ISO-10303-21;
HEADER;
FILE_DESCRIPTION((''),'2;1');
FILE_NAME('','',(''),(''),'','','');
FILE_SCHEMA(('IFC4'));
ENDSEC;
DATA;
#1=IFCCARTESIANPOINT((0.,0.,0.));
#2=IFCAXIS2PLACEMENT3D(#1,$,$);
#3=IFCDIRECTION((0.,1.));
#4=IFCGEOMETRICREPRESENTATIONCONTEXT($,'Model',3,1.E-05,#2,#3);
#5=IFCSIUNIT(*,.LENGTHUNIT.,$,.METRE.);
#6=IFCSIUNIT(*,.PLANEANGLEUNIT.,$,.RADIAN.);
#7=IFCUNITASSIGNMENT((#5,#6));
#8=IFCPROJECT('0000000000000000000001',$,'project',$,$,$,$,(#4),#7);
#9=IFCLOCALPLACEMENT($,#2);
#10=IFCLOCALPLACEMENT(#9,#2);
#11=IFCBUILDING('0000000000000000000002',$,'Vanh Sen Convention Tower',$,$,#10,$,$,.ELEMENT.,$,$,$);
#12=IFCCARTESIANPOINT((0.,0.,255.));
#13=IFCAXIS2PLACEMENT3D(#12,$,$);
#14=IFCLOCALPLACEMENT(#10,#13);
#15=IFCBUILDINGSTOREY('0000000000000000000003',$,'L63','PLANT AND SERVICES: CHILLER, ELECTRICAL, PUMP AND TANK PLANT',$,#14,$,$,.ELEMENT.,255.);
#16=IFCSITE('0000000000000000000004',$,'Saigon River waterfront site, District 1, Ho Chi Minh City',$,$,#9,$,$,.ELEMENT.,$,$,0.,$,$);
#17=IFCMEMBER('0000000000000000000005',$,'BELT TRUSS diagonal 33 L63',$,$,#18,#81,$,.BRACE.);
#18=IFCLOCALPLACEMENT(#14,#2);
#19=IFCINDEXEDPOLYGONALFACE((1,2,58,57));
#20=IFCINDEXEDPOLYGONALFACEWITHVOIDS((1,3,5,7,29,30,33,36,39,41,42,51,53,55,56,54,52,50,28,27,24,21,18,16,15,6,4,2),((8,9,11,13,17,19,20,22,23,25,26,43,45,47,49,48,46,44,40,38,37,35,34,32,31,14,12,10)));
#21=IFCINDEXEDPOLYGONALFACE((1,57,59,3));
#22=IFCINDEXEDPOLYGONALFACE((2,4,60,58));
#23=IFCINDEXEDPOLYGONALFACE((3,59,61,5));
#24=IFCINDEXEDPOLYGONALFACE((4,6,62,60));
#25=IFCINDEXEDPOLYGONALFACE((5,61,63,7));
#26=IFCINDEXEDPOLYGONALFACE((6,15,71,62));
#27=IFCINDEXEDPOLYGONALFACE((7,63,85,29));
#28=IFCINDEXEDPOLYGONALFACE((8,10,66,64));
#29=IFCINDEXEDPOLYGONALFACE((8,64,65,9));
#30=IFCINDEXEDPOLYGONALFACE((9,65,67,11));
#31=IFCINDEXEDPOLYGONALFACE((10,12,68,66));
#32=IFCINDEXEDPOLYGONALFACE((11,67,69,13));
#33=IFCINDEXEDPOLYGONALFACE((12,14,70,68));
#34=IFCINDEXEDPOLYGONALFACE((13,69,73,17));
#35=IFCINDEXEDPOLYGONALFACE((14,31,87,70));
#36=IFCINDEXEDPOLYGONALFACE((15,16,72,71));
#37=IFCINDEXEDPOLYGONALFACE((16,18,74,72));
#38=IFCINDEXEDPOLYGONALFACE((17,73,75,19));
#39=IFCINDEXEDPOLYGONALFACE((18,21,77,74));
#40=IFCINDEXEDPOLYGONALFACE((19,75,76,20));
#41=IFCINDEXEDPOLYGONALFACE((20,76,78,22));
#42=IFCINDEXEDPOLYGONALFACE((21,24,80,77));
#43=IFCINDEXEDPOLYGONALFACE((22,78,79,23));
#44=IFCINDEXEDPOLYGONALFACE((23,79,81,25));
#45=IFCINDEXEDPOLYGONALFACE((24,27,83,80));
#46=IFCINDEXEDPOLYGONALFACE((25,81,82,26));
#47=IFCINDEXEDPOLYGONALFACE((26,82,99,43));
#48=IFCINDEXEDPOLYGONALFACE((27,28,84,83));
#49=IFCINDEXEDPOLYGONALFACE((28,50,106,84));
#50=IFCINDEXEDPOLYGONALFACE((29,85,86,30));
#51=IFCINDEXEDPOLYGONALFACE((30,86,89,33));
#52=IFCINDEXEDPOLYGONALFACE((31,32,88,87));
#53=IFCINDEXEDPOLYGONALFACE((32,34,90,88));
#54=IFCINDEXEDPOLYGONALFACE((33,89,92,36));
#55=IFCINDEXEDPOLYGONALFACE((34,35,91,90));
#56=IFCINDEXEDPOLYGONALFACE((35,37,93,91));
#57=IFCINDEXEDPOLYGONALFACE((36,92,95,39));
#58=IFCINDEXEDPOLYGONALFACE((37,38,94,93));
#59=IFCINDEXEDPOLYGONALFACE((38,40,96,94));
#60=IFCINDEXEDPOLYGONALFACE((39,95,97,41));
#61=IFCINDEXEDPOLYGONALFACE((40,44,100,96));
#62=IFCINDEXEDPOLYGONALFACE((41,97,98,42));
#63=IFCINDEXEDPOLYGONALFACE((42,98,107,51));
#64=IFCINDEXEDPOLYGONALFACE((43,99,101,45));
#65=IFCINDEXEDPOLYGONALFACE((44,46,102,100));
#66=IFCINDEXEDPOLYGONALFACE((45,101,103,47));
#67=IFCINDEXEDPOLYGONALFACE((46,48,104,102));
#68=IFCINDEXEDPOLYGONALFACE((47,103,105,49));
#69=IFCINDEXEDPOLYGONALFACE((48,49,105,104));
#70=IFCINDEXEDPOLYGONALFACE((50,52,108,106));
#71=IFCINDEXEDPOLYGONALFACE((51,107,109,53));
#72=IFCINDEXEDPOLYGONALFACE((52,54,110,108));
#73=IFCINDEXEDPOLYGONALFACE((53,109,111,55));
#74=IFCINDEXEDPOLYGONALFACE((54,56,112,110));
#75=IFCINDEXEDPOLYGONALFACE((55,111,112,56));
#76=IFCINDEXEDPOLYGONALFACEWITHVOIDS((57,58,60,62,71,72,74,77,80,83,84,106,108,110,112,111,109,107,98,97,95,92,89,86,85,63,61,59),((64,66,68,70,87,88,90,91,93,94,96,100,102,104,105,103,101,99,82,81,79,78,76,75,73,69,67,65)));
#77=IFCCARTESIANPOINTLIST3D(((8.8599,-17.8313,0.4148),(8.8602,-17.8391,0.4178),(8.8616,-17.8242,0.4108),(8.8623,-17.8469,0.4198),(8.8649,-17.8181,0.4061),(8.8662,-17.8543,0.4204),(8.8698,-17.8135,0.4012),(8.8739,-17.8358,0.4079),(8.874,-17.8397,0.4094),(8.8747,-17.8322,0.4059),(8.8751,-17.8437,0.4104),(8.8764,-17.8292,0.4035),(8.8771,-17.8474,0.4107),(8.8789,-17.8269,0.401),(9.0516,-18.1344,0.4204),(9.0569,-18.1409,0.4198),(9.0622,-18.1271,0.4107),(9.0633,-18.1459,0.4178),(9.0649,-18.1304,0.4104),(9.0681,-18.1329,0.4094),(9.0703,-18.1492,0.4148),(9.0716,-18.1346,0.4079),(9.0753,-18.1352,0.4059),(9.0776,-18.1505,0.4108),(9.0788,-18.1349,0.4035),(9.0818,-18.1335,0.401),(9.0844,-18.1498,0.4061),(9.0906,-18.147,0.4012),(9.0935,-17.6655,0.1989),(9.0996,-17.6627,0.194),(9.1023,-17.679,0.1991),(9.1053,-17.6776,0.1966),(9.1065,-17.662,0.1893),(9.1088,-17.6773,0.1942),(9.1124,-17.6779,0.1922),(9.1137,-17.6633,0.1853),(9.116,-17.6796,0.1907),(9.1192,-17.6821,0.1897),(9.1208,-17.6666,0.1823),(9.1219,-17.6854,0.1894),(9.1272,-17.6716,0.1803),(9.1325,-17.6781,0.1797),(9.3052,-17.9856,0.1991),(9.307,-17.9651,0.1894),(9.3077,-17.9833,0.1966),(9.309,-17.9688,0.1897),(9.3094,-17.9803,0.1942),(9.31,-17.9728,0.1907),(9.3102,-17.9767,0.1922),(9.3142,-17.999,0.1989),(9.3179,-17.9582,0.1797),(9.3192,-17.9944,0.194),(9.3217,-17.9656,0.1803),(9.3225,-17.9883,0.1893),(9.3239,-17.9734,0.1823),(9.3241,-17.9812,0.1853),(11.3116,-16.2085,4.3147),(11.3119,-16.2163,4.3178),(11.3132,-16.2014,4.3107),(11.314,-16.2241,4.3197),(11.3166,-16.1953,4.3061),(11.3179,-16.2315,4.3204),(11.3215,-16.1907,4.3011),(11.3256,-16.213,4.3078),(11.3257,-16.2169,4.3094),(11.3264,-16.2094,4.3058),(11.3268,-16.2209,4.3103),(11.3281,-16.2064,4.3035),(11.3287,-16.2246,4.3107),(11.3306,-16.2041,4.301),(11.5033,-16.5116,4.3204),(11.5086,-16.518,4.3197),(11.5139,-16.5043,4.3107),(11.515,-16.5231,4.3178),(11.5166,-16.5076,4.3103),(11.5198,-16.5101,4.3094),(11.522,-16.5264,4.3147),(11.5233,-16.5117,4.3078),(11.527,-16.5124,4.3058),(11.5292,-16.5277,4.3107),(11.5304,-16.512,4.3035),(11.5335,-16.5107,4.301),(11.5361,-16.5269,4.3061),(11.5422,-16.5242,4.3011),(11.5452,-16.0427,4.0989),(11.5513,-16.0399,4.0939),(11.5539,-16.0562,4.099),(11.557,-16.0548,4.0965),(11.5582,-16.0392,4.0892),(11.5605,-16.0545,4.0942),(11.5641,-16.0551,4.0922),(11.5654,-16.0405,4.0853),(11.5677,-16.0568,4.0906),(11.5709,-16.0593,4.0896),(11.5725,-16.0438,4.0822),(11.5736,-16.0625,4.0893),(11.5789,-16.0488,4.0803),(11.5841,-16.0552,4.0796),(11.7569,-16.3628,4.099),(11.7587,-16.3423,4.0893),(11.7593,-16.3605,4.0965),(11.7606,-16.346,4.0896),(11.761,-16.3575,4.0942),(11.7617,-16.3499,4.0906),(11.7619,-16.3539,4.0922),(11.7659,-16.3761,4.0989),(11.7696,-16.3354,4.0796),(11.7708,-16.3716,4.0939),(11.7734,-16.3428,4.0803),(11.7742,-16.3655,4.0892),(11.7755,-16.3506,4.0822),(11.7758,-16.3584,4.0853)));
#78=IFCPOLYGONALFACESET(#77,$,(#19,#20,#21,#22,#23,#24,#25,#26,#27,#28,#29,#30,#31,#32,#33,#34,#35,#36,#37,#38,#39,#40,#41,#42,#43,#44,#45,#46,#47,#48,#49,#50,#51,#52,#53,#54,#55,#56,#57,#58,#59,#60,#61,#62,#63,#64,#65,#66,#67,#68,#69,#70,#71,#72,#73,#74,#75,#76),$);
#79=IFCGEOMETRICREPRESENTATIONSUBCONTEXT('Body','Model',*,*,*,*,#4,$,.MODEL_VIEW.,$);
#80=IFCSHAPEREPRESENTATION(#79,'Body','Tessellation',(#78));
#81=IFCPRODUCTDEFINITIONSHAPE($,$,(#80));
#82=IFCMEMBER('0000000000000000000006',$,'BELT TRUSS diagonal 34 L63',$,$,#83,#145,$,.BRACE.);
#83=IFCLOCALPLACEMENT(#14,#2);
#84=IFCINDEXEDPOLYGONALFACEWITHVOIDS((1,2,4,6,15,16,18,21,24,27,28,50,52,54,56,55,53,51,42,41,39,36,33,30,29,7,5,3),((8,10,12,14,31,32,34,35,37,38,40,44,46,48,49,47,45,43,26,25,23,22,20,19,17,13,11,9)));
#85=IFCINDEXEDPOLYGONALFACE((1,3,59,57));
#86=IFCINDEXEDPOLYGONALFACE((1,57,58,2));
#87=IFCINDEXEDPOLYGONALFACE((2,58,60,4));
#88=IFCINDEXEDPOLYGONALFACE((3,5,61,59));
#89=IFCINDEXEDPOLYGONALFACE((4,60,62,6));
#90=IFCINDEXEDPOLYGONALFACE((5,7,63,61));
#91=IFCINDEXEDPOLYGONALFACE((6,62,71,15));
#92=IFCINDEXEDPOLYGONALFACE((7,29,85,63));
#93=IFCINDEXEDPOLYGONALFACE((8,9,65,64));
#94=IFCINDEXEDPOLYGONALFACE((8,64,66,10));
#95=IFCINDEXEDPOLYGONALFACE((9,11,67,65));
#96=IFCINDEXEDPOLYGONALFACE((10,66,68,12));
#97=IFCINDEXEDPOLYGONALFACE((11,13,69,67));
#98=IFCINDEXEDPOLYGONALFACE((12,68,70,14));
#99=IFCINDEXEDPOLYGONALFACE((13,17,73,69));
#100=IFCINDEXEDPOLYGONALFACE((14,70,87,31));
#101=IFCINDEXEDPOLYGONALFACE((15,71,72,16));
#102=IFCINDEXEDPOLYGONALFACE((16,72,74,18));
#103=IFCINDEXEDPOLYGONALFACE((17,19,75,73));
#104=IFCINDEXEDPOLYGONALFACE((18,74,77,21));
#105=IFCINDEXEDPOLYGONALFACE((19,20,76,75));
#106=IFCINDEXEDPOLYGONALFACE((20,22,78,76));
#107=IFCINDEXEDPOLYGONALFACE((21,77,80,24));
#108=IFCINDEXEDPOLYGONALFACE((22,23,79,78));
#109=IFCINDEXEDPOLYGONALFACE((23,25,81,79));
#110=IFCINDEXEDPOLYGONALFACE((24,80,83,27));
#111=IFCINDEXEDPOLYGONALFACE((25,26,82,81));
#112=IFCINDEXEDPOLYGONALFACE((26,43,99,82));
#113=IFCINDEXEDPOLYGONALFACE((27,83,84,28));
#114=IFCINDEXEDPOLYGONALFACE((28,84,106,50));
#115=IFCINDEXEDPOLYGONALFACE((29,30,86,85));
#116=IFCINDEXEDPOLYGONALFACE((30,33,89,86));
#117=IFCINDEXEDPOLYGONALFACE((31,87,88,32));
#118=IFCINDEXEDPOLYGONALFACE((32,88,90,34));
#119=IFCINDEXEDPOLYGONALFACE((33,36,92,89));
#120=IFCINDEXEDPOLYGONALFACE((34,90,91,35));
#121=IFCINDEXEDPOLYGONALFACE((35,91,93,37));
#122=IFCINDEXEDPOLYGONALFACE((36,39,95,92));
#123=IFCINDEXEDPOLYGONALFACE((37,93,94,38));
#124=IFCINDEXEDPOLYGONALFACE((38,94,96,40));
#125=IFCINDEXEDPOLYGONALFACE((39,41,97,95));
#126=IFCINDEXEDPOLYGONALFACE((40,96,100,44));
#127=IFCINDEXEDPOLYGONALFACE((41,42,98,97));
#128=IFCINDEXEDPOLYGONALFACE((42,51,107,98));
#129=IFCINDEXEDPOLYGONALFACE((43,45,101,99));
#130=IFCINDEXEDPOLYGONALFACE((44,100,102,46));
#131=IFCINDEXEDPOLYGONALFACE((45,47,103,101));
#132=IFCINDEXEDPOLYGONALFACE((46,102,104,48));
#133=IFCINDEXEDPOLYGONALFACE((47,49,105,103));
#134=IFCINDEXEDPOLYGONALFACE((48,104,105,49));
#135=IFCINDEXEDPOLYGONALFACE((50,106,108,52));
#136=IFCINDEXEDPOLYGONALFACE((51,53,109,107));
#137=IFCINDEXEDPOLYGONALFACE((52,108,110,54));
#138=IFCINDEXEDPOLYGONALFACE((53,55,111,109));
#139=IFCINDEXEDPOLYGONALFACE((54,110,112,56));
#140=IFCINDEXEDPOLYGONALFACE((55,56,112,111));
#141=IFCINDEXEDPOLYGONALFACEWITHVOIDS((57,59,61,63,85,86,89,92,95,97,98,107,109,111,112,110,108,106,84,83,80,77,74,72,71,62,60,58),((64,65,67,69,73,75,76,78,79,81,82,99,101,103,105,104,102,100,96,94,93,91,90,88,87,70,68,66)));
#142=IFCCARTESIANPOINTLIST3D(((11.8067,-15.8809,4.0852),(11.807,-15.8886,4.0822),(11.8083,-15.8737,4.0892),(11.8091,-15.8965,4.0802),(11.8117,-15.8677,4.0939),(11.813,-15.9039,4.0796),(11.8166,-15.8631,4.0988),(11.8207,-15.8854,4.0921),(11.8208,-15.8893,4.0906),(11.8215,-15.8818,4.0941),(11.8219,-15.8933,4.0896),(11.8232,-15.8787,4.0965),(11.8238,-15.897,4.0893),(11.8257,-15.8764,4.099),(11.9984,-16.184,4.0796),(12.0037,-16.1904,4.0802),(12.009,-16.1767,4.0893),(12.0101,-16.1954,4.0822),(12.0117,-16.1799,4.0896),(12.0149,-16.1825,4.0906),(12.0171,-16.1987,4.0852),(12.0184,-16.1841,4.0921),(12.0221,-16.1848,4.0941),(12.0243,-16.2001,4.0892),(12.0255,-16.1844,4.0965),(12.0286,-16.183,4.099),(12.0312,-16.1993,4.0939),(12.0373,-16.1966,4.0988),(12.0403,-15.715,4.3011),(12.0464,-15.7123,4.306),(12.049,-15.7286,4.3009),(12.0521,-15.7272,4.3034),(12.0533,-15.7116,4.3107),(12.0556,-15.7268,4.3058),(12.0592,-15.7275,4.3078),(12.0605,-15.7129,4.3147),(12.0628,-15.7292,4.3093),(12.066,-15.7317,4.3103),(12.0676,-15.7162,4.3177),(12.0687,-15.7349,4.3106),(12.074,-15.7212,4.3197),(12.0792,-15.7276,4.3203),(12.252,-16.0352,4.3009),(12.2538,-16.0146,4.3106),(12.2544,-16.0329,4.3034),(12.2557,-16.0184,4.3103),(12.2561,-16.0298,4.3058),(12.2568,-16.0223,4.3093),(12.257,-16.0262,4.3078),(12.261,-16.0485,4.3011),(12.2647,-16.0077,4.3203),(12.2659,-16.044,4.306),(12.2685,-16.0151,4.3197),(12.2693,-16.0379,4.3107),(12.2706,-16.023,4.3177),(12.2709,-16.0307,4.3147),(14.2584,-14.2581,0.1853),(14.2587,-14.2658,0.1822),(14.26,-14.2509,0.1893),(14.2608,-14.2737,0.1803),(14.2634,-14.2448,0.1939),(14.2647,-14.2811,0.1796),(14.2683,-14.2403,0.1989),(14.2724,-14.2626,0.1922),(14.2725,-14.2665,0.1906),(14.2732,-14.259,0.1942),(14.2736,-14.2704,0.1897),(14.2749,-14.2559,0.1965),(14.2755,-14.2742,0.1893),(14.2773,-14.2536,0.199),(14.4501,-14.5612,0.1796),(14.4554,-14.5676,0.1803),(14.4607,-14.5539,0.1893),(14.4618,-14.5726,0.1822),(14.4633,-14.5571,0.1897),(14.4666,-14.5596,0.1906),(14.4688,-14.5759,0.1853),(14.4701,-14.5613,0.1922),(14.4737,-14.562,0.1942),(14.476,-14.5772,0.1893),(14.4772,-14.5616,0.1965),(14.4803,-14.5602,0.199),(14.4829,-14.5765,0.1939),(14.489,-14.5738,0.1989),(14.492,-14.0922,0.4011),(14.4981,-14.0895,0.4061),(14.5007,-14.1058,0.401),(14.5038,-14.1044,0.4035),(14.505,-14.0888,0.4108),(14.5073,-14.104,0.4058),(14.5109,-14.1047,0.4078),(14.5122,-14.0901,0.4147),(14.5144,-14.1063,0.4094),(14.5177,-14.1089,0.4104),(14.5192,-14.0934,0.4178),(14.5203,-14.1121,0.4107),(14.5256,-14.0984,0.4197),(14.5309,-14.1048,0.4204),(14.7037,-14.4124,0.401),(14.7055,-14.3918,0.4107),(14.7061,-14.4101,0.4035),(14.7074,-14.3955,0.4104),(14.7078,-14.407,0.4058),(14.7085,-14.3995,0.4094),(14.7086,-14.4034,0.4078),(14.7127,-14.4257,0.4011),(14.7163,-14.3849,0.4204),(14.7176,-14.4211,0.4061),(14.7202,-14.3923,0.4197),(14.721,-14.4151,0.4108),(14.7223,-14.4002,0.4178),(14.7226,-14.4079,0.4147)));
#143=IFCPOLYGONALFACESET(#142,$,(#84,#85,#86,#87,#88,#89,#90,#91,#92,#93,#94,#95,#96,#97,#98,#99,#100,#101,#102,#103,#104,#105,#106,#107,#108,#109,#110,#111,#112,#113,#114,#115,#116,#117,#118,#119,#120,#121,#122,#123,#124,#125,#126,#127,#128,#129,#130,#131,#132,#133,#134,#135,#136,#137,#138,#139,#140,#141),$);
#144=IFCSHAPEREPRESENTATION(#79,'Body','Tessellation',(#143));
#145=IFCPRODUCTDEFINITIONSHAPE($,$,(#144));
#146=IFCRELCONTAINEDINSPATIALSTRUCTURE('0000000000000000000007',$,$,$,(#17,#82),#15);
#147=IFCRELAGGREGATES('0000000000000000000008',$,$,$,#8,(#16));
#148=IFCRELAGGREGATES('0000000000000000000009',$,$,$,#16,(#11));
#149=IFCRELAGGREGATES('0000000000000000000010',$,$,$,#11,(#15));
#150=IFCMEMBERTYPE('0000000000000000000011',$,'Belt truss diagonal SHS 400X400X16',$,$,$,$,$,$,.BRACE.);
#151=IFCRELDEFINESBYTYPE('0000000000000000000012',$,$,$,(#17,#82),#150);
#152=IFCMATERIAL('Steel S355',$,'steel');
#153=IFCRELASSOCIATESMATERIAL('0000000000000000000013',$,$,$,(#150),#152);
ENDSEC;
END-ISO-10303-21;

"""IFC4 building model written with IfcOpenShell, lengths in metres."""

from ifc_helpers import new_model, si_unit, direction, frame, origin, origin_2d, place, context, subcontext, project, spatial, hollow_rectangle, extrude, material, material_profile, profile_set, type_object, element, save


model = new_model("IFC4")

# Units and contexts
model_context = context("Model", 3, precision=1e-05, world=origin(), true_north=direction((0.0, 1.0)))
body_context = subcontext(model_context, "Body", "Model", "MODEL_VIEW")
ifc_project = project(units=[si_unit("LENGTHUNIT", "METRE"), si_unit("PLANEANGLEUNIT", "RADIAN")], contexts=[model_context])

# Site, building, storey
site_placement = place(None, origin())
site = spatial("IfcSite", under=ifc_project, at=site_placement, Name="Saigon River waterfront site, District 1, Ho Chi Minh City", CompositionType="ELEMENT", RefElevation=0.0)
building_placement = place(site_placement, origin())
building = spatial("IfcBuilding", under=site, at=building_placement, Name="Vanh Sen Convention Tower", CompositionType="ELEMENT")
storey_placement = place(building_placement, frame((0.0, 0.0, 255.0)))
storey = spatial("IfcBuildingStorey", under=building, at=storey_placement, Name="L63", Description="PLANT AND SERVICES: CHILLER, ELECTRICAL, PUMP AND TANK PLANT", CompositionType="ELEMENT", Elevation=255.0)

# Members
ifc_material_1 = material(Name="Steel S355", Category="steel")
ifc_material_profile_1 = material_profile(ifc_material_1, hollow_rectangle(XDim=0.3999, YDim=0.3999, WallThickness=0.0161, InnerFilletRadius=0.0161, OuterFilletRadius=0.032, at=origin_2d()), Name="SHS 400X400X16")
ifc_profile_set_1 = profile_set([ifc_material_profile_1], Name="Steel S355")
member_type_1 = type_object("IfcMemberType", Name="Belt truss diagonal SHS 400X400X16", PredefinedType="BRACE", material=ifc_profile_set_1)
for number, where, z_axis, x_axis, name in (
    (1, (9.092, -17.9062, 0.3), (0.501979, 0.33227, 0.798507), (-0.551957, 0.833873, 0.0), "BELT TRUSS diagonal 33 L63"),
    (2, (12.0388, -15.9558, 4.2), (0.501979, 0.33227, -0.798507), (-0.551957, 0.833873, 0.0), "BELT TRUSS diagonal 34 L63"),
):
    element("IfcMember", number, at=place(storey_placement, frame(where, z_axis=z_axis, x_axis=x_axis)), inside=storey, type_object=member_type_1, Name=name, PredefinedType="BRACE", context=body_context, shape_type="SweptSolid", body=[
        extrude(hollow_rectangle(XDim=0.3999, YDim=0.3999, WallThickness=0.0161, InnerFilletRadius=0.0161, OuterFilletRadius=0.032, at=origin_2d()), origin(), (0.0, 0.0, 1.0), 4.884),
    ])

save(model, "model.ifc")
